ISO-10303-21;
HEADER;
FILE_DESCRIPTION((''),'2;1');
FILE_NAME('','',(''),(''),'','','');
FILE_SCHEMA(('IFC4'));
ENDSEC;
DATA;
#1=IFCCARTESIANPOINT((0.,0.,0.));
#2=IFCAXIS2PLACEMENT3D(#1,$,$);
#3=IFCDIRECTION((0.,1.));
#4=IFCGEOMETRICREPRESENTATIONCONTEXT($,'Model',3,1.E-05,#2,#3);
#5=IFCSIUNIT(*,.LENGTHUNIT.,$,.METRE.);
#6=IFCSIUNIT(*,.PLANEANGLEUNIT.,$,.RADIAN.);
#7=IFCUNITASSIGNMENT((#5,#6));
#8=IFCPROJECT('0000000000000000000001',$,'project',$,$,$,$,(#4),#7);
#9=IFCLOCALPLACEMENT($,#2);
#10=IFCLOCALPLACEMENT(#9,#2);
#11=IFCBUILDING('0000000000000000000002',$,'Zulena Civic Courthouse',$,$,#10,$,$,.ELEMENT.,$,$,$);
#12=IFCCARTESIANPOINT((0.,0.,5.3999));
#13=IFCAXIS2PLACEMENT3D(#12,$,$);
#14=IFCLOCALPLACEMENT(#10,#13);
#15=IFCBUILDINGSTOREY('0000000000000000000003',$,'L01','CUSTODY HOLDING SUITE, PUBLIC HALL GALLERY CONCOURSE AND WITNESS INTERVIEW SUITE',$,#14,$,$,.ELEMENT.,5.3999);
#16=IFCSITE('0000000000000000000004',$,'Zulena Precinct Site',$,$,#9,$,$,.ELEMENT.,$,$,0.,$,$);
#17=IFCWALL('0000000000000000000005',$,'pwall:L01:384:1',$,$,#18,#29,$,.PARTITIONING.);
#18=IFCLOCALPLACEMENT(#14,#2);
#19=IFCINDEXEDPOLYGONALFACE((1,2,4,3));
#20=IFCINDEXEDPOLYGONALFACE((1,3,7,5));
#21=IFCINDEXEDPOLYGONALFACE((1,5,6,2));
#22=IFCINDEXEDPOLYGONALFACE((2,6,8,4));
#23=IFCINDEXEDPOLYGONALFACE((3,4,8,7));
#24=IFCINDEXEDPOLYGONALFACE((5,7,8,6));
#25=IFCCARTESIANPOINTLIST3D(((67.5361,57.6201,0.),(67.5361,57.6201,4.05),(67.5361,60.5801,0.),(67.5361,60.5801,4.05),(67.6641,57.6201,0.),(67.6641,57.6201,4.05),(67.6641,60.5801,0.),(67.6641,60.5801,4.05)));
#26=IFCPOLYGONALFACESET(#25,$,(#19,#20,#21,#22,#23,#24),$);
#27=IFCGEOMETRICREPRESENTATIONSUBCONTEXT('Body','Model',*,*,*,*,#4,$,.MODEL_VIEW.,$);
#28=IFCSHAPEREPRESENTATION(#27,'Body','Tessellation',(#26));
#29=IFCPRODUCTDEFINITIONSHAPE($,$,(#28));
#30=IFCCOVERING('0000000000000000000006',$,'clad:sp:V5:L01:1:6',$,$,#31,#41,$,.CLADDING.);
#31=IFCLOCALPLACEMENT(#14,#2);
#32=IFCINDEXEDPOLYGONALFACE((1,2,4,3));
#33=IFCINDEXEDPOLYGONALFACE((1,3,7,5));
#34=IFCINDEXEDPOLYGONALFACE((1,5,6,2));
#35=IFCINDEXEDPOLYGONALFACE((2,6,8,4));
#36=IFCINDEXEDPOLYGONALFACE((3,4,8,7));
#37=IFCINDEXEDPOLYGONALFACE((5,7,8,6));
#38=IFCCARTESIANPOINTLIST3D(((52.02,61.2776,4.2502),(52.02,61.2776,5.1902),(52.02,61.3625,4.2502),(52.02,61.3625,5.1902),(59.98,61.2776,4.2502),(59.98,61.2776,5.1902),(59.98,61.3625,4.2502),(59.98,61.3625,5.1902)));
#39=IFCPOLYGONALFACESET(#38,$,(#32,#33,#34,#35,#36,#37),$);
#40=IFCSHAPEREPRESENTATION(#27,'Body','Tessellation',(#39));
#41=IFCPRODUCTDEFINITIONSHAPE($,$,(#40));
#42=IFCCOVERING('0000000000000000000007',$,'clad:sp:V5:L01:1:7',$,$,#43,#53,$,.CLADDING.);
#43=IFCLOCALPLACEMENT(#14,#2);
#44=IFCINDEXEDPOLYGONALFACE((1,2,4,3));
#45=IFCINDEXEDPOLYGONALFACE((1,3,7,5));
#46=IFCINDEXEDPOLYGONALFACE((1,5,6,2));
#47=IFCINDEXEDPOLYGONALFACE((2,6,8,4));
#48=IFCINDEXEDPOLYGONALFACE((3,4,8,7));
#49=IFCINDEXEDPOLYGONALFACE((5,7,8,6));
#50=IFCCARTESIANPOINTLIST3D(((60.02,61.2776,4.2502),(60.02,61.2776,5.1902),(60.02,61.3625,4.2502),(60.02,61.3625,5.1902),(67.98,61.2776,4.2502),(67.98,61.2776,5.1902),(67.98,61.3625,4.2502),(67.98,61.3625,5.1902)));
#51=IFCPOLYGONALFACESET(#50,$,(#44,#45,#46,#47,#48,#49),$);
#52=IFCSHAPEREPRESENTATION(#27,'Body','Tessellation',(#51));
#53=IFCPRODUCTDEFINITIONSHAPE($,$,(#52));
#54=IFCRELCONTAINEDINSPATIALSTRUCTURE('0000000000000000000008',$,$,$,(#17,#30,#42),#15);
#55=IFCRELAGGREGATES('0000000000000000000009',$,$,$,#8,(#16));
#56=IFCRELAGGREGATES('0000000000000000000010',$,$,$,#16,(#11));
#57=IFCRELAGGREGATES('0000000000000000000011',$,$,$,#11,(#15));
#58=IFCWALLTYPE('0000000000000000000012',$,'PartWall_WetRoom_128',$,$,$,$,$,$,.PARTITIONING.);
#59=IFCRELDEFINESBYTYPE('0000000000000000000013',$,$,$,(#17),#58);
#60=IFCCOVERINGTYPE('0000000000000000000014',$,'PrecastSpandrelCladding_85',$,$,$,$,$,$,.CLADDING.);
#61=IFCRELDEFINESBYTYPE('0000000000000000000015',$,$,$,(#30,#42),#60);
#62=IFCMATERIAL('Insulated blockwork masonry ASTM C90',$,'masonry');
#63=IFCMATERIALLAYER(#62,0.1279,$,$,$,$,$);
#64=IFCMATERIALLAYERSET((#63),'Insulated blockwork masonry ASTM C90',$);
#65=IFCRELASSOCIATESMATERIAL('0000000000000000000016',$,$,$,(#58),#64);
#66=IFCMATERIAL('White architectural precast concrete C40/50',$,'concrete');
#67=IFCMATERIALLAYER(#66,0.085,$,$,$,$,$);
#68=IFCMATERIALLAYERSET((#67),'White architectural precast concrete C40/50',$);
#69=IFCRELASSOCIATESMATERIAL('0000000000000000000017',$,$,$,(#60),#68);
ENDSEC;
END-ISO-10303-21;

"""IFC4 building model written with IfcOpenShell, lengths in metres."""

from ifc_helpers import new_model, si_unit, direction, frame, frame_2d, origin, origin_2d, place, context, subcontext, project, spatial, rectangle, extrude, material, layer, layer_set, type_object, element, save


model = new_model("IFC4")

# Units and contexts
model_context = context("Model", 3, precision=1e-05, world=origin(), true_north=direction((0.0, 1.0)))
body_context = subcontext(model_context, "Body", "Model", "MODEL_VIEW")
ifc_project = project(units=[si_unit("LENGTHUNIT", "METRE"), si_unit("PLANEANGLEUNIT", "RADIAN")], contexts=[model_context])

# Site, building, storey
site_placement = place(None, origin())
site = spatial("IfcSite", under=ifc_project, at=site_placement, Name="Zulena Precinct Site", CompositionType="ELEMENT", RefElevation=0.0)
building_placement = place(site_placement, origin())
building = spatial("IfcBuilding", under=site, at=building_placement, Name="Zulena Civic Courthouse", CompositionType="ELEMENT")
storey_placement = place(building_placement, frame((0.0, 0.0, 5.3999)))
storey = spatial("IfcBuildingStorey", under=building, at=storey_placement, Name="L01", Description="CUSTODY HOLDING SUITE, PUBLIC HALL GALLERY CONCOURSE AND WITNESS INTERVIEW SUITE", CompositionType="ELEMENT", Elevation=5.3999)

# Wall
ifc_material_1 = material(Name="Insulated blockwork masonry ASTM C90", Category="masonry")
ifc_layer_1 = layer(ifc_material_1, 0.1279)
ifc_layer_set_1 = layer_set([ifc_layer_1], Name="Insulated blockwork masonry ASTM C90")
wall_type_1 = type_object("IfcWallType", Name="PartWall_WetRoom_128", PredefinedType="PARTITIONING", material=ifc_layer_set_1)
wall_1_placement = place(storey_placement, frame((67.6001, 57.6201, 0.0), z_axis=(0.0, 0.0, 1.0), x_axis=(0.0, 1.0, 0.0)))
element("IfcWall", 1, at=wall_1_placement, inside=storey, type_object=wall_type_1, Name="pwall:L01:384:1", PredefinedType="PARTITIONING", context=body_context, shape_type="SweptSolid", body=[
    extrude(rectangle(XDim=2.96, YDim=0.1279, at=frame_2d((1.48, 0.0))), origin(), (0.0, 0.0, 1.0), 4.05),
])

# Coverings
ifc_material_2 = material(Name="White architectural precast concrete C40/50", Category="concrete")
ifc_layer_2 = layer(ifc_material_2, 0.085)
ifc_layer_set_2 = layer_set([ifc_layer_2], Name="White architectural precast concrete C40/50")
covering_type = type_object("IfcCoveringType", Name="PrecastSpandrelCladding_85", PredefinedType="CLADDING", material=ifc_layer_set_2)
for number, where, z_axis, x_axis, name in (
    (2, (56.0, 61.3201, 4.2502), (0.0, 0.0, 1.0), (1.0, 0.0, 0.0), "clad:sp:V5:L01:1:6"),
    (3, (64.0, 61.3201, 4.2502), (0.0, 0.0, 1.0), (1.0, 0.0, 0.0), "clad:sp:V5:L01:1:7"),
):
    element("IfcCovering", number, at=place(storey_placement, frame(where, z_axis=z_axis, x_axis=x_axis)), inside=storey, type_object=covering_type, Name=name, PredefinedType="CLADDING", context=body_context, shape_type="SweptSolid", body=[
        extrude(rectangle(XDim=7.96, YDim=0.085, at=origin_2d()), origin(), (0.0, 0.0, 1.0), 0.9399),
    ])

save(model, "model.ifc")
